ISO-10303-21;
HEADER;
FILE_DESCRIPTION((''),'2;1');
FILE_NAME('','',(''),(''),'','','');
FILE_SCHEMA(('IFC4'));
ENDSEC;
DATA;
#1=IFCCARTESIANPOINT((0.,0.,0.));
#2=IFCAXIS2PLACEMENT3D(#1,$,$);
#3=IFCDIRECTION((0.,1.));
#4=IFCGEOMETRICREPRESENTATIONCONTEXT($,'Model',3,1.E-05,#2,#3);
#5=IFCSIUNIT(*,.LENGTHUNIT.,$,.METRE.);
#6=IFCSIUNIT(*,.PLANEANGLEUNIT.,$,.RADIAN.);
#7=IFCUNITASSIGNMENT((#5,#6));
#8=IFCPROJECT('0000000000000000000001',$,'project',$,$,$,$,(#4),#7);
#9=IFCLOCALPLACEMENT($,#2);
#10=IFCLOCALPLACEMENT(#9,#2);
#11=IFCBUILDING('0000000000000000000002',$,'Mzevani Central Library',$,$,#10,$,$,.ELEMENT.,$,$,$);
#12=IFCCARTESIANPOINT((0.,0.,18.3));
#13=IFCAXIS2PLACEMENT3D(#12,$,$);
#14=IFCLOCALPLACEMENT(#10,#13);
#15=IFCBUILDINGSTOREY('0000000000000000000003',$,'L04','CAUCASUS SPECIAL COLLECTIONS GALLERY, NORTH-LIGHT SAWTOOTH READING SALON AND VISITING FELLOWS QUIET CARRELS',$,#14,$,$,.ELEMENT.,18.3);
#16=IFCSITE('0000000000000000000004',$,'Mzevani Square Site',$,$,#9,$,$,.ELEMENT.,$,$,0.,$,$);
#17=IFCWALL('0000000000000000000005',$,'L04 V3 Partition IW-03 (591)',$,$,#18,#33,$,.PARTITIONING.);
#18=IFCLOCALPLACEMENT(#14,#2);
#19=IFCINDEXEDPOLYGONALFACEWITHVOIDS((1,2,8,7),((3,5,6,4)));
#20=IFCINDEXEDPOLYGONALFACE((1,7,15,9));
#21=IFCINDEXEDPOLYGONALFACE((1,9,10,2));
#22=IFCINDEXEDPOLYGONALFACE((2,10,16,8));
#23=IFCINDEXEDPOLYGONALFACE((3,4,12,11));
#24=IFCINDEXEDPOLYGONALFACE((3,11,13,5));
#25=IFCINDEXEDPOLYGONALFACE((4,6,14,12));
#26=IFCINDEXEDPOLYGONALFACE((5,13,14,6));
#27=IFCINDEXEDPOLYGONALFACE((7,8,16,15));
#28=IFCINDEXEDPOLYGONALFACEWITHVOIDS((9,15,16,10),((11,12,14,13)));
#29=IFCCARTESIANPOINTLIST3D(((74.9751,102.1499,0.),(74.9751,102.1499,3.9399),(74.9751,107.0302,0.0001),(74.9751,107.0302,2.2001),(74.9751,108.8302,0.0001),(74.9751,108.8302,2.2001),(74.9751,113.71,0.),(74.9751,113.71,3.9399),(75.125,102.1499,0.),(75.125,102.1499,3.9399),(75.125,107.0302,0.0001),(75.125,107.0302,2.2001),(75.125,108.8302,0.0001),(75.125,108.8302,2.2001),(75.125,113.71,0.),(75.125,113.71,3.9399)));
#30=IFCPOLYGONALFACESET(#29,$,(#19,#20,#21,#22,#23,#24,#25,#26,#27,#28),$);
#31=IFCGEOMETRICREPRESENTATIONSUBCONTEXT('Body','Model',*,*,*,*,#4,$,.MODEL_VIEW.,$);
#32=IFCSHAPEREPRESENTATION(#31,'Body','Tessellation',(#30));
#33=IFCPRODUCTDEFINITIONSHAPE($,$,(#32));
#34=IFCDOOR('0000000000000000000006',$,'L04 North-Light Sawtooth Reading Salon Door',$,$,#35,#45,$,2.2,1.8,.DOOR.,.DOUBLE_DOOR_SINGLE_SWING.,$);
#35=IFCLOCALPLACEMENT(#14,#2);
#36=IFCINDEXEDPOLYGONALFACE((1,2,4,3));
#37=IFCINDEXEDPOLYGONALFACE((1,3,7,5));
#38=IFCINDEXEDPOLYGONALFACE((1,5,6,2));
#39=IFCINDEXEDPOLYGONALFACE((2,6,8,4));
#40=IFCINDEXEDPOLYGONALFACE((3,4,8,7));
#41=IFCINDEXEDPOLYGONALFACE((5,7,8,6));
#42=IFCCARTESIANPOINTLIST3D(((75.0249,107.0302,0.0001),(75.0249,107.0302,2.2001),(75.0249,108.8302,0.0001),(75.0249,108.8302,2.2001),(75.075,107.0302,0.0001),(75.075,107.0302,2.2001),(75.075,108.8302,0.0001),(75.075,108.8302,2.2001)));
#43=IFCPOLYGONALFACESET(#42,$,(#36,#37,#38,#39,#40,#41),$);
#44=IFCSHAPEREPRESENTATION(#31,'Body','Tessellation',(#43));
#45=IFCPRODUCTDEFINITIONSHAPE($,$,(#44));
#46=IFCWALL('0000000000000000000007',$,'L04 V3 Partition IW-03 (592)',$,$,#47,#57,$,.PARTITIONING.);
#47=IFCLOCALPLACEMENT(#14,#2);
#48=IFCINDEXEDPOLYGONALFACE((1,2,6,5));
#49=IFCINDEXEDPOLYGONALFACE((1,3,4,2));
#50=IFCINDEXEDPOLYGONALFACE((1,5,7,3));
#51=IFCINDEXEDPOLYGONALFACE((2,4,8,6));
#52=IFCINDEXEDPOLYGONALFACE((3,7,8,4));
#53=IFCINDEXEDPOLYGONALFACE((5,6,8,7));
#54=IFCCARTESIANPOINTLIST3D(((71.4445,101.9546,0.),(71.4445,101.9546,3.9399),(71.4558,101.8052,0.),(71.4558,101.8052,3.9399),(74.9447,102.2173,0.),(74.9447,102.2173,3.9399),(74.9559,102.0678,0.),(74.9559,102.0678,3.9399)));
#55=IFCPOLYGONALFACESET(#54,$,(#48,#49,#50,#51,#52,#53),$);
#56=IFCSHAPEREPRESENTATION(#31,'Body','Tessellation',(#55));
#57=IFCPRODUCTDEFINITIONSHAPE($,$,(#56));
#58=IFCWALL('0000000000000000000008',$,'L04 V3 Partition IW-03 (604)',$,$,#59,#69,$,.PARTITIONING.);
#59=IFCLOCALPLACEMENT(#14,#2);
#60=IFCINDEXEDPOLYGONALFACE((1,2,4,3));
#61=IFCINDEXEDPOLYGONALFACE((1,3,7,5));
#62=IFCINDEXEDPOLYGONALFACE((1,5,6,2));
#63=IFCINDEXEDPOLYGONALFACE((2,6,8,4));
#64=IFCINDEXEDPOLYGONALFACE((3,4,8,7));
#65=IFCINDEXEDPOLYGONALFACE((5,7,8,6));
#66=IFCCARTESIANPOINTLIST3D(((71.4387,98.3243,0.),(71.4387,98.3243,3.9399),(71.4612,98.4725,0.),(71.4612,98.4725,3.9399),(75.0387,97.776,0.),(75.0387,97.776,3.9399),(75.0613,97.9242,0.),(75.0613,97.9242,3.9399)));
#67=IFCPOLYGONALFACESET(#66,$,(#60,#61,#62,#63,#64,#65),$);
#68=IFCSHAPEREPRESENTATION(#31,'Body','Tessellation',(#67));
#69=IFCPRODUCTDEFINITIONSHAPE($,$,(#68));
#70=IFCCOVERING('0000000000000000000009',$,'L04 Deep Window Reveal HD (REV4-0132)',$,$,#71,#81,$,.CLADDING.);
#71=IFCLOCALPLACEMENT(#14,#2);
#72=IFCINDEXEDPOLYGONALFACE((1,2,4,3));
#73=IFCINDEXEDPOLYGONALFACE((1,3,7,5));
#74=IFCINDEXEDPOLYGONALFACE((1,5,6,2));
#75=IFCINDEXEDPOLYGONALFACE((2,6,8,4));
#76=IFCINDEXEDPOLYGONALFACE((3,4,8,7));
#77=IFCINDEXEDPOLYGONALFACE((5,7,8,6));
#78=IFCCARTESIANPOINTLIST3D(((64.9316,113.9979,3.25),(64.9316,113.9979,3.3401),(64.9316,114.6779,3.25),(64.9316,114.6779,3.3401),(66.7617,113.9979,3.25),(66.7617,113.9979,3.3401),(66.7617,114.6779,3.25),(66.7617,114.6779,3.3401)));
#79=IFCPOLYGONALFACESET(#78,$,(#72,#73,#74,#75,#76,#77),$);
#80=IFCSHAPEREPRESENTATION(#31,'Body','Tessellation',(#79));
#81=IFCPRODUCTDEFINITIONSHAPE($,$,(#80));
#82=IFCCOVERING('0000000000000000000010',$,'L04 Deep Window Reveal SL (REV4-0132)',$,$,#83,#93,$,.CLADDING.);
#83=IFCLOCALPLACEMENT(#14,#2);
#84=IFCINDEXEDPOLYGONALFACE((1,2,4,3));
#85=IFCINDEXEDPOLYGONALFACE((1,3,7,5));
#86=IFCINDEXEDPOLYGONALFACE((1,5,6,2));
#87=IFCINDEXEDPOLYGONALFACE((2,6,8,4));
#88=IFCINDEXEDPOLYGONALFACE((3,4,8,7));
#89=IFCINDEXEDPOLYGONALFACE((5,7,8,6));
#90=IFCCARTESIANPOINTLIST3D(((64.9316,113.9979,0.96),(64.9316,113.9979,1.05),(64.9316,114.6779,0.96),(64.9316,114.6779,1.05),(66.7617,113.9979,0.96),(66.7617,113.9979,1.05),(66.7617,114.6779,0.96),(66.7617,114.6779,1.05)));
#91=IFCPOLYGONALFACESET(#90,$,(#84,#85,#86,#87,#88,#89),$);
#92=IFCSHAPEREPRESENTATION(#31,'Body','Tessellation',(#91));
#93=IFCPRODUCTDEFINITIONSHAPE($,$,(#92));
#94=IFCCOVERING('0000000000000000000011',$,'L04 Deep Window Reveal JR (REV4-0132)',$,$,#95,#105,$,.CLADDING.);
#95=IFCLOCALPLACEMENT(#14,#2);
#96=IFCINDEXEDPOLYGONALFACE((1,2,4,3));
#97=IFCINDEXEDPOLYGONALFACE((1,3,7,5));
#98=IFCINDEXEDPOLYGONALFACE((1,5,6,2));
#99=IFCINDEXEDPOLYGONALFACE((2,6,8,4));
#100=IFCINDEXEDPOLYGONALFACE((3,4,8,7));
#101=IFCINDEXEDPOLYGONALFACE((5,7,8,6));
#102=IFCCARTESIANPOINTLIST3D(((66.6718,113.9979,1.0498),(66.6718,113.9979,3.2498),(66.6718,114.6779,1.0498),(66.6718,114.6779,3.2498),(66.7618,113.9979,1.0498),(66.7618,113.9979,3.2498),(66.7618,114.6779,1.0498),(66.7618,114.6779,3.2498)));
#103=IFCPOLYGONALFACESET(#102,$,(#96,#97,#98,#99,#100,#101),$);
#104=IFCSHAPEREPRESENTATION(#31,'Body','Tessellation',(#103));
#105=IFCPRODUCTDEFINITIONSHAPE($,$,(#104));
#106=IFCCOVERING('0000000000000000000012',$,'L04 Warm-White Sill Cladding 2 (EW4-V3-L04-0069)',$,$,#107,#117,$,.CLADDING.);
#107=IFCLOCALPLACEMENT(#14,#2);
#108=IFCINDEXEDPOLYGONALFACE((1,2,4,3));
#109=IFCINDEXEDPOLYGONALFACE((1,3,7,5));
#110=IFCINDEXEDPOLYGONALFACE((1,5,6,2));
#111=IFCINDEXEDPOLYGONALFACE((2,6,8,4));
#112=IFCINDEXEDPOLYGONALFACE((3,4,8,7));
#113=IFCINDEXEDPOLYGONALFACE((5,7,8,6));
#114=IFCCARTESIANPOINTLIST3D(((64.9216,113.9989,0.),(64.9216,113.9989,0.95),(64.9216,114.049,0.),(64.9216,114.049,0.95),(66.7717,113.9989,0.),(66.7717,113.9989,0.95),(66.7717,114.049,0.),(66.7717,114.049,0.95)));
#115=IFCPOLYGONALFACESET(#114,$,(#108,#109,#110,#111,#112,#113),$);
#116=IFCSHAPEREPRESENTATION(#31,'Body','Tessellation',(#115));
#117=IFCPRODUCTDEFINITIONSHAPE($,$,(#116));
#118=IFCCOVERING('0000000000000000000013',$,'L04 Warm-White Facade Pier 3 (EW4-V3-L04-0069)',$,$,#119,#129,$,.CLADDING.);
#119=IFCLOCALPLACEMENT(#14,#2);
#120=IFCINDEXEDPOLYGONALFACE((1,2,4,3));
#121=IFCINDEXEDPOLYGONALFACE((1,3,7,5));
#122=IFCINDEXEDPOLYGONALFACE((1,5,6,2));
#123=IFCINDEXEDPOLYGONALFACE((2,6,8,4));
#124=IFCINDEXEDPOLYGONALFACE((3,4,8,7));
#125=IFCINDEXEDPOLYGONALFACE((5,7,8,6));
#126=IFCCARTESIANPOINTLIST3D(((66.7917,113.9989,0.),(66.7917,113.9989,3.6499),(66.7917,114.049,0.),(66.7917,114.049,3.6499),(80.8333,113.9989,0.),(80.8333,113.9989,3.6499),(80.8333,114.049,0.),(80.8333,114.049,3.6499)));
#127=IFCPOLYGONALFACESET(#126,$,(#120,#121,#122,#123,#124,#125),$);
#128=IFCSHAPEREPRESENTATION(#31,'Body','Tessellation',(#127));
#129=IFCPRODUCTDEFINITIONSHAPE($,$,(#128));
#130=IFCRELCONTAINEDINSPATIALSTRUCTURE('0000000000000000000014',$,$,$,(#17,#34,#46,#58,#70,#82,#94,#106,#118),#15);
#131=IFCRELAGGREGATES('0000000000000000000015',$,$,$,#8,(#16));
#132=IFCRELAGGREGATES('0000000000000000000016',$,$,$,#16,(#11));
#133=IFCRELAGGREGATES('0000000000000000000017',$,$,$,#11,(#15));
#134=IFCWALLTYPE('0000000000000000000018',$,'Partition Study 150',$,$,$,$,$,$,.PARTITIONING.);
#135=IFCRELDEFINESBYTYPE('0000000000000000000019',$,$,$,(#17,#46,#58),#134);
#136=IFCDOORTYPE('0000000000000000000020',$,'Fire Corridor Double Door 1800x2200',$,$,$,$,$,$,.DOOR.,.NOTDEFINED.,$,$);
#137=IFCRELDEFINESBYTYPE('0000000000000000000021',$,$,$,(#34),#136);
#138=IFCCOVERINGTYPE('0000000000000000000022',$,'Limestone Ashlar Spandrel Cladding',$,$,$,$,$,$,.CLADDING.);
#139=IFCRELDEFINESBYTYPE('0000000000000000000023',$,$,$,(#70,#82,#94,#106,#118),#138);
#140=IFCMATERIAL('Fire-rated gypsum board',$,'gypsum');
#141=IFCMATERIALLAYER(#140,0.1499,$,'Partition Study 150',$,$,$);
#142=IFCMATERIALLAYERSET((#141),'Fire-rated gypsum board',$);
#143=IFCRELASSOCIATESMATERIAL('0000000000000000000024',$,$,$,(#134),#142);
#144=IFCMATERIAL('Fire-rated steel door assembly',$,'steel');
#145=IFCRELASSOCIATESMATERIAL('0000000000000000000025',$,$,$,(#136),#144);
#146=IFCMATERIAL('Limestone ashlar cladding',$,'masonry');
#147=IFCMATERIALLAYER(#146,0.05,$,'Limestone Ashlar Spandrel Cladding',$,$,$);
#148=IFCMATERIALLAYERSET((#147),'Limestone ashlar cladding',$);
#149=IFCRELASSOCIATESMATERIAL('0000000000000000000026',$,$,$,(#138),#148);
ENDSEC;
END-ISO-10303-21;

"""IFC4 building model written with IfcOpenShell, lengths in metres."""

from ifc_helpers import new_model, si_unit, direction, frame, frame_2d, origin, origin_2d, place, context, subcontext, project, spatial, rectangle, extrude, material, layer, layer_set, type_object, element, fill, save


model = new_model("IFC4")

# Units and contexts
model_context = context("Model", 3, precision=1e-05, world=origin(), true_north=direction((0.0, 1.0)))
body_context = subcontext(model_context, "Body", "Model", "MODEL_VIEW")
ifc_project = project(units=[si_unit("LENGTHUNIT", "METRE"), si_unit("PLANEANGLEUNIT", "RADIAN")], contexts=[model_context])

# Site, building, storey
site_placement = place(None, origin())
site = spatial("IfcSite", under=ifc_project, at=site_placement, Name="Mzevani Square Site", CompositionType="ELEMENT", RefElevation=0.0)
building_placement = place(site_placement, origin())
building = spatial("IfcBuilding", under=site, at=building_placement, Name="Mzevani Central Library", CompositionType="ELEMENT")
storey_placement = place(building_placement, frame((0.0, 0.0, 18.3)))
storey = spatial("IfcBuildingStorey", under=building, at=storey_placement, Name="L04", Description="CAUCASUS SPECIAL COLLECTIONS GALLERY, NORTH-LIGHT SAWTOOTH READING SALON AND VISITING FELLOWS QUIET CARRELS", CompositionType="ELEMENT", Elevation=18.3)

# Shared definitions
ifc_material_1 = material(Name="Fire-rated gypsum board", Category="gypsum")
ifc_layer_1 = layer(ifc_material_1, 0.1499, Name="Partition Study 150")
ifc_layer_set_1 = layer_set([ifc_layer_1], Name="Fire-rated gypsum board")
wall_type = type_object("IfcWallType", Name="Partition Study 150", PredefinedType="PARTITIONING", material=ifc_layer_set_1)

# Wall, opening, door
wall_1_placement = place(storey_placement, frame((75.05, 113.71, 0.0), z_axis=(0.0, 0.0, 1.0), x_axis=(0.0, -1.0, 0.0)))
wall_1 = element("IfcWall", 1, at=wall_1_placement, inside=storey, type_object=wall_type, Name="L04 V3 Partition IW-03 (591)", PredefinedType="PARTITIONING", context=body_context, shape_type="SweptSolid", body=[
    extrude(rectangle(XDim=11.5601, YDim=0.1499, at=frame_2d((5.78, 0.0))), origin(), (0.0, 0.0, 1.0), 3.9399),
])
opening_placement = place(wall_1_placement, frame((4.8799, 0.0, 0.0)))
opening = element("IfcOpeningElement", 2, at=opening_placement, cuts=wall_1, PredefinedType="OPENING", context=body_context, shape_type="SweptSolid", body=[
    extrude(rectangle(XDim=1.8, YDim=2.2, at=frame_2d((0.8999, 1.1001))), frame((0.0, 0.085, 0.0), z_axis=(0.0, -1.0, 0.0), x_axis=(1.0, 0.0, 0.0)), (0.0, 0.0, 1.0), 0.1699),
])
ifc_material_2 = material(Name="Fire-rated steel door assembly", Category="steel")
door_type = type_object("IfcDoorType", Name="Fire Corridor Double Door 1800x2200", OperationType="NOTDEFINED", PredefinedType="DOOR", material=ifc_material_2)
door_placement = place(opening_placement, origin())
door = element("IfcDoor", 3, at=door_placement, inside=storey, type_object=door_type, Name="L04 North-Light Sawtooth Reading Salon Door", OperationType="DOUBLE_DOOR_SINGLE_SWING", OverallHeight=2.2, OverallWidth=1.8, PredefinedType="DOOR", context=body_context, shape_type="SweptSolid", body=[
    extrude(rectangle(XDim=1.8, YDim=2.2, at=frame_2d((0.8999, 1.1001))), frame((0.0, 0.0249, 0.0), z_axis=(0.0, -1.0, 0.0), x_axis=(1.0, 0.0, 0.0)), (0.0, 0.0, 1.0), 0.05),
])
fill(opening, door)

# Walls
wall_2_placement = place(storey_placement, frame((74.9502, 102.1426, 0.0), z_axis=(0.0, 0.0, 1.0), x_axis=(-0.997196, -0.07484, 0.0)))
element("IfcWall", 4, at=wall_2_placement, inside=storey, type_object=wall_type, Name="L04 V3 Partition IW-03 (592)", PredefinedType="PARTITIONING", context=body_context, shape_type="SweptSolid", body=[
    extrude(rectangle(XDim=3.51, YDim=0.1499, at=frame_2d((1.7549, 0.0))), origin(), (0.0, 0.0, 1.0), 3.9399),
])
wall_3_placement = place(storey_placement, frame((71.45, 98.3984, 0.0), z_axis=(0.0, 0.0, 1.0), x_axis=(0.988598, -0.150576, 0.0)))
element("IfcWall", 5, at=wall_3_placement, inside=storey, type_object=wall_type, Name="L04 V3 Partition IW-03 (604)", PredefinedType="PARTITIONING", context=body_context, shape_type="SweptSolid", body=[
    extrude(rectangle(XDim=3.6416, YDim=0.1499, at=frame_2d((1.8208, 0.0))), origin(), (0.0, 0.0, 1.0), 3.9399),
])

# Coverings
ifc_material_3 = material(Name="Limestone ashlar cladding", Category="masonry")
ifc_layer_2 = layer(ifc_material_3, 0.05, Name="Limestone Ashlar Spandrel Cladding")
ifc_layer_set_2 = layer_set([ifc_layer_2], Name="Limestone ashlar cladding")
covering_type = type_object("IfcCoveringType", Name="Limestone Ashlar Spandrel Cladding", PredefinedType="CLADDING", material=ifc_layer_set_2)
for number, where, z_axis, x_axis, name in (
    (6, (65.8467, 114.3379, 3.25), (0.0, 0.0, 1.0), (1.0, 0.0, 0.0), "L04 Deep Window Reveal HD (REV4-0132)"),
    (7, (65.8467, 114.3379, 0.96), (0.0, 0.0, 1.0), (1.0, 0.0, 0.0), "L04 Deep Window Reveal SL (REV4-0132)"),
):
    element("IfcCovering", number, at=place(storey_placement, frame(where, z_axis=z_axis, x_axis=x_axis)), inside=storey, type_object=covering_type, Name=name, PredefinedType="CLADDING", context=body_context, shape_type="SweptSolid", body=[
        extrude(rectangle(XDim=1.8301, YDim=0.6799, at=origin_2d()), origin(), (0.0, 0.0, 1.0), 0.0901),
    ])
covering_1_placement = place(storey_placement, frame((66.7168, 114.3379, 1.0498), z_axis=(0.0, 0.0, 1.0), x_axis=(1.0, 0.0, 0.0)))
element("IfcCovering", 8, at=covering_1_placement, inside=storey, type_object=covering_type, Name="L04 Deep Window Reveal JR (REV4-0132)", PredefinedType="CLADDING", context=body_context, shape_type="SweptSolid", body=[
    extrude(rectangle(XDim=0.0901, YDim=0.6799, at=origin_2d()), origin(), (0.0, 0.0, 1.0), 2.2),
])
covering_2_placement = place(storey_placement, frame((65.8467, 114.0239, 0.0), z_axis=(0.0, 0.0, 1.0), x_axis=(1.0, 0.0, 0.0)))
element("IfcCovering", 9, at=covering_2_placement, inside=storey, type_object=covering_type, Name="L04 Warm-White Sill Cladding 2 (EW4-V3-L04-0069)", PredefinedType="CLADDING", context=body_context, shape_type="SweptSolid", body=[
    extrude(rectangle(XDim=1.8501, YDim=0.05, at=origin_2d()), origin(), (0.0, 0.0, 1.0), 0.95),
])
covering_3_placement = place(storey_placement, frame((73.8125, 114.0239, 0.0), z_axis=(0.0, 0.0, 1.0), x_axis=(1.0, 0.0, 0.0)))
element("IfcCovering", 10, at=covering_3_placement, inside=storey, type_object=covering_type, Name="L04 Warm-White Facade Pier 3 (EW4-V3-L04-0069)", PredefinedType="CLADDING", context=body_context, shape_type="SweptSolid", body=[
    extrude(rectangle(XDim=14.0415, YDim=0.05, at=origin_2d()), origin(), (0.0, 0.0, 1.0), 3.6499),
])

save(model, "model.ifc")
